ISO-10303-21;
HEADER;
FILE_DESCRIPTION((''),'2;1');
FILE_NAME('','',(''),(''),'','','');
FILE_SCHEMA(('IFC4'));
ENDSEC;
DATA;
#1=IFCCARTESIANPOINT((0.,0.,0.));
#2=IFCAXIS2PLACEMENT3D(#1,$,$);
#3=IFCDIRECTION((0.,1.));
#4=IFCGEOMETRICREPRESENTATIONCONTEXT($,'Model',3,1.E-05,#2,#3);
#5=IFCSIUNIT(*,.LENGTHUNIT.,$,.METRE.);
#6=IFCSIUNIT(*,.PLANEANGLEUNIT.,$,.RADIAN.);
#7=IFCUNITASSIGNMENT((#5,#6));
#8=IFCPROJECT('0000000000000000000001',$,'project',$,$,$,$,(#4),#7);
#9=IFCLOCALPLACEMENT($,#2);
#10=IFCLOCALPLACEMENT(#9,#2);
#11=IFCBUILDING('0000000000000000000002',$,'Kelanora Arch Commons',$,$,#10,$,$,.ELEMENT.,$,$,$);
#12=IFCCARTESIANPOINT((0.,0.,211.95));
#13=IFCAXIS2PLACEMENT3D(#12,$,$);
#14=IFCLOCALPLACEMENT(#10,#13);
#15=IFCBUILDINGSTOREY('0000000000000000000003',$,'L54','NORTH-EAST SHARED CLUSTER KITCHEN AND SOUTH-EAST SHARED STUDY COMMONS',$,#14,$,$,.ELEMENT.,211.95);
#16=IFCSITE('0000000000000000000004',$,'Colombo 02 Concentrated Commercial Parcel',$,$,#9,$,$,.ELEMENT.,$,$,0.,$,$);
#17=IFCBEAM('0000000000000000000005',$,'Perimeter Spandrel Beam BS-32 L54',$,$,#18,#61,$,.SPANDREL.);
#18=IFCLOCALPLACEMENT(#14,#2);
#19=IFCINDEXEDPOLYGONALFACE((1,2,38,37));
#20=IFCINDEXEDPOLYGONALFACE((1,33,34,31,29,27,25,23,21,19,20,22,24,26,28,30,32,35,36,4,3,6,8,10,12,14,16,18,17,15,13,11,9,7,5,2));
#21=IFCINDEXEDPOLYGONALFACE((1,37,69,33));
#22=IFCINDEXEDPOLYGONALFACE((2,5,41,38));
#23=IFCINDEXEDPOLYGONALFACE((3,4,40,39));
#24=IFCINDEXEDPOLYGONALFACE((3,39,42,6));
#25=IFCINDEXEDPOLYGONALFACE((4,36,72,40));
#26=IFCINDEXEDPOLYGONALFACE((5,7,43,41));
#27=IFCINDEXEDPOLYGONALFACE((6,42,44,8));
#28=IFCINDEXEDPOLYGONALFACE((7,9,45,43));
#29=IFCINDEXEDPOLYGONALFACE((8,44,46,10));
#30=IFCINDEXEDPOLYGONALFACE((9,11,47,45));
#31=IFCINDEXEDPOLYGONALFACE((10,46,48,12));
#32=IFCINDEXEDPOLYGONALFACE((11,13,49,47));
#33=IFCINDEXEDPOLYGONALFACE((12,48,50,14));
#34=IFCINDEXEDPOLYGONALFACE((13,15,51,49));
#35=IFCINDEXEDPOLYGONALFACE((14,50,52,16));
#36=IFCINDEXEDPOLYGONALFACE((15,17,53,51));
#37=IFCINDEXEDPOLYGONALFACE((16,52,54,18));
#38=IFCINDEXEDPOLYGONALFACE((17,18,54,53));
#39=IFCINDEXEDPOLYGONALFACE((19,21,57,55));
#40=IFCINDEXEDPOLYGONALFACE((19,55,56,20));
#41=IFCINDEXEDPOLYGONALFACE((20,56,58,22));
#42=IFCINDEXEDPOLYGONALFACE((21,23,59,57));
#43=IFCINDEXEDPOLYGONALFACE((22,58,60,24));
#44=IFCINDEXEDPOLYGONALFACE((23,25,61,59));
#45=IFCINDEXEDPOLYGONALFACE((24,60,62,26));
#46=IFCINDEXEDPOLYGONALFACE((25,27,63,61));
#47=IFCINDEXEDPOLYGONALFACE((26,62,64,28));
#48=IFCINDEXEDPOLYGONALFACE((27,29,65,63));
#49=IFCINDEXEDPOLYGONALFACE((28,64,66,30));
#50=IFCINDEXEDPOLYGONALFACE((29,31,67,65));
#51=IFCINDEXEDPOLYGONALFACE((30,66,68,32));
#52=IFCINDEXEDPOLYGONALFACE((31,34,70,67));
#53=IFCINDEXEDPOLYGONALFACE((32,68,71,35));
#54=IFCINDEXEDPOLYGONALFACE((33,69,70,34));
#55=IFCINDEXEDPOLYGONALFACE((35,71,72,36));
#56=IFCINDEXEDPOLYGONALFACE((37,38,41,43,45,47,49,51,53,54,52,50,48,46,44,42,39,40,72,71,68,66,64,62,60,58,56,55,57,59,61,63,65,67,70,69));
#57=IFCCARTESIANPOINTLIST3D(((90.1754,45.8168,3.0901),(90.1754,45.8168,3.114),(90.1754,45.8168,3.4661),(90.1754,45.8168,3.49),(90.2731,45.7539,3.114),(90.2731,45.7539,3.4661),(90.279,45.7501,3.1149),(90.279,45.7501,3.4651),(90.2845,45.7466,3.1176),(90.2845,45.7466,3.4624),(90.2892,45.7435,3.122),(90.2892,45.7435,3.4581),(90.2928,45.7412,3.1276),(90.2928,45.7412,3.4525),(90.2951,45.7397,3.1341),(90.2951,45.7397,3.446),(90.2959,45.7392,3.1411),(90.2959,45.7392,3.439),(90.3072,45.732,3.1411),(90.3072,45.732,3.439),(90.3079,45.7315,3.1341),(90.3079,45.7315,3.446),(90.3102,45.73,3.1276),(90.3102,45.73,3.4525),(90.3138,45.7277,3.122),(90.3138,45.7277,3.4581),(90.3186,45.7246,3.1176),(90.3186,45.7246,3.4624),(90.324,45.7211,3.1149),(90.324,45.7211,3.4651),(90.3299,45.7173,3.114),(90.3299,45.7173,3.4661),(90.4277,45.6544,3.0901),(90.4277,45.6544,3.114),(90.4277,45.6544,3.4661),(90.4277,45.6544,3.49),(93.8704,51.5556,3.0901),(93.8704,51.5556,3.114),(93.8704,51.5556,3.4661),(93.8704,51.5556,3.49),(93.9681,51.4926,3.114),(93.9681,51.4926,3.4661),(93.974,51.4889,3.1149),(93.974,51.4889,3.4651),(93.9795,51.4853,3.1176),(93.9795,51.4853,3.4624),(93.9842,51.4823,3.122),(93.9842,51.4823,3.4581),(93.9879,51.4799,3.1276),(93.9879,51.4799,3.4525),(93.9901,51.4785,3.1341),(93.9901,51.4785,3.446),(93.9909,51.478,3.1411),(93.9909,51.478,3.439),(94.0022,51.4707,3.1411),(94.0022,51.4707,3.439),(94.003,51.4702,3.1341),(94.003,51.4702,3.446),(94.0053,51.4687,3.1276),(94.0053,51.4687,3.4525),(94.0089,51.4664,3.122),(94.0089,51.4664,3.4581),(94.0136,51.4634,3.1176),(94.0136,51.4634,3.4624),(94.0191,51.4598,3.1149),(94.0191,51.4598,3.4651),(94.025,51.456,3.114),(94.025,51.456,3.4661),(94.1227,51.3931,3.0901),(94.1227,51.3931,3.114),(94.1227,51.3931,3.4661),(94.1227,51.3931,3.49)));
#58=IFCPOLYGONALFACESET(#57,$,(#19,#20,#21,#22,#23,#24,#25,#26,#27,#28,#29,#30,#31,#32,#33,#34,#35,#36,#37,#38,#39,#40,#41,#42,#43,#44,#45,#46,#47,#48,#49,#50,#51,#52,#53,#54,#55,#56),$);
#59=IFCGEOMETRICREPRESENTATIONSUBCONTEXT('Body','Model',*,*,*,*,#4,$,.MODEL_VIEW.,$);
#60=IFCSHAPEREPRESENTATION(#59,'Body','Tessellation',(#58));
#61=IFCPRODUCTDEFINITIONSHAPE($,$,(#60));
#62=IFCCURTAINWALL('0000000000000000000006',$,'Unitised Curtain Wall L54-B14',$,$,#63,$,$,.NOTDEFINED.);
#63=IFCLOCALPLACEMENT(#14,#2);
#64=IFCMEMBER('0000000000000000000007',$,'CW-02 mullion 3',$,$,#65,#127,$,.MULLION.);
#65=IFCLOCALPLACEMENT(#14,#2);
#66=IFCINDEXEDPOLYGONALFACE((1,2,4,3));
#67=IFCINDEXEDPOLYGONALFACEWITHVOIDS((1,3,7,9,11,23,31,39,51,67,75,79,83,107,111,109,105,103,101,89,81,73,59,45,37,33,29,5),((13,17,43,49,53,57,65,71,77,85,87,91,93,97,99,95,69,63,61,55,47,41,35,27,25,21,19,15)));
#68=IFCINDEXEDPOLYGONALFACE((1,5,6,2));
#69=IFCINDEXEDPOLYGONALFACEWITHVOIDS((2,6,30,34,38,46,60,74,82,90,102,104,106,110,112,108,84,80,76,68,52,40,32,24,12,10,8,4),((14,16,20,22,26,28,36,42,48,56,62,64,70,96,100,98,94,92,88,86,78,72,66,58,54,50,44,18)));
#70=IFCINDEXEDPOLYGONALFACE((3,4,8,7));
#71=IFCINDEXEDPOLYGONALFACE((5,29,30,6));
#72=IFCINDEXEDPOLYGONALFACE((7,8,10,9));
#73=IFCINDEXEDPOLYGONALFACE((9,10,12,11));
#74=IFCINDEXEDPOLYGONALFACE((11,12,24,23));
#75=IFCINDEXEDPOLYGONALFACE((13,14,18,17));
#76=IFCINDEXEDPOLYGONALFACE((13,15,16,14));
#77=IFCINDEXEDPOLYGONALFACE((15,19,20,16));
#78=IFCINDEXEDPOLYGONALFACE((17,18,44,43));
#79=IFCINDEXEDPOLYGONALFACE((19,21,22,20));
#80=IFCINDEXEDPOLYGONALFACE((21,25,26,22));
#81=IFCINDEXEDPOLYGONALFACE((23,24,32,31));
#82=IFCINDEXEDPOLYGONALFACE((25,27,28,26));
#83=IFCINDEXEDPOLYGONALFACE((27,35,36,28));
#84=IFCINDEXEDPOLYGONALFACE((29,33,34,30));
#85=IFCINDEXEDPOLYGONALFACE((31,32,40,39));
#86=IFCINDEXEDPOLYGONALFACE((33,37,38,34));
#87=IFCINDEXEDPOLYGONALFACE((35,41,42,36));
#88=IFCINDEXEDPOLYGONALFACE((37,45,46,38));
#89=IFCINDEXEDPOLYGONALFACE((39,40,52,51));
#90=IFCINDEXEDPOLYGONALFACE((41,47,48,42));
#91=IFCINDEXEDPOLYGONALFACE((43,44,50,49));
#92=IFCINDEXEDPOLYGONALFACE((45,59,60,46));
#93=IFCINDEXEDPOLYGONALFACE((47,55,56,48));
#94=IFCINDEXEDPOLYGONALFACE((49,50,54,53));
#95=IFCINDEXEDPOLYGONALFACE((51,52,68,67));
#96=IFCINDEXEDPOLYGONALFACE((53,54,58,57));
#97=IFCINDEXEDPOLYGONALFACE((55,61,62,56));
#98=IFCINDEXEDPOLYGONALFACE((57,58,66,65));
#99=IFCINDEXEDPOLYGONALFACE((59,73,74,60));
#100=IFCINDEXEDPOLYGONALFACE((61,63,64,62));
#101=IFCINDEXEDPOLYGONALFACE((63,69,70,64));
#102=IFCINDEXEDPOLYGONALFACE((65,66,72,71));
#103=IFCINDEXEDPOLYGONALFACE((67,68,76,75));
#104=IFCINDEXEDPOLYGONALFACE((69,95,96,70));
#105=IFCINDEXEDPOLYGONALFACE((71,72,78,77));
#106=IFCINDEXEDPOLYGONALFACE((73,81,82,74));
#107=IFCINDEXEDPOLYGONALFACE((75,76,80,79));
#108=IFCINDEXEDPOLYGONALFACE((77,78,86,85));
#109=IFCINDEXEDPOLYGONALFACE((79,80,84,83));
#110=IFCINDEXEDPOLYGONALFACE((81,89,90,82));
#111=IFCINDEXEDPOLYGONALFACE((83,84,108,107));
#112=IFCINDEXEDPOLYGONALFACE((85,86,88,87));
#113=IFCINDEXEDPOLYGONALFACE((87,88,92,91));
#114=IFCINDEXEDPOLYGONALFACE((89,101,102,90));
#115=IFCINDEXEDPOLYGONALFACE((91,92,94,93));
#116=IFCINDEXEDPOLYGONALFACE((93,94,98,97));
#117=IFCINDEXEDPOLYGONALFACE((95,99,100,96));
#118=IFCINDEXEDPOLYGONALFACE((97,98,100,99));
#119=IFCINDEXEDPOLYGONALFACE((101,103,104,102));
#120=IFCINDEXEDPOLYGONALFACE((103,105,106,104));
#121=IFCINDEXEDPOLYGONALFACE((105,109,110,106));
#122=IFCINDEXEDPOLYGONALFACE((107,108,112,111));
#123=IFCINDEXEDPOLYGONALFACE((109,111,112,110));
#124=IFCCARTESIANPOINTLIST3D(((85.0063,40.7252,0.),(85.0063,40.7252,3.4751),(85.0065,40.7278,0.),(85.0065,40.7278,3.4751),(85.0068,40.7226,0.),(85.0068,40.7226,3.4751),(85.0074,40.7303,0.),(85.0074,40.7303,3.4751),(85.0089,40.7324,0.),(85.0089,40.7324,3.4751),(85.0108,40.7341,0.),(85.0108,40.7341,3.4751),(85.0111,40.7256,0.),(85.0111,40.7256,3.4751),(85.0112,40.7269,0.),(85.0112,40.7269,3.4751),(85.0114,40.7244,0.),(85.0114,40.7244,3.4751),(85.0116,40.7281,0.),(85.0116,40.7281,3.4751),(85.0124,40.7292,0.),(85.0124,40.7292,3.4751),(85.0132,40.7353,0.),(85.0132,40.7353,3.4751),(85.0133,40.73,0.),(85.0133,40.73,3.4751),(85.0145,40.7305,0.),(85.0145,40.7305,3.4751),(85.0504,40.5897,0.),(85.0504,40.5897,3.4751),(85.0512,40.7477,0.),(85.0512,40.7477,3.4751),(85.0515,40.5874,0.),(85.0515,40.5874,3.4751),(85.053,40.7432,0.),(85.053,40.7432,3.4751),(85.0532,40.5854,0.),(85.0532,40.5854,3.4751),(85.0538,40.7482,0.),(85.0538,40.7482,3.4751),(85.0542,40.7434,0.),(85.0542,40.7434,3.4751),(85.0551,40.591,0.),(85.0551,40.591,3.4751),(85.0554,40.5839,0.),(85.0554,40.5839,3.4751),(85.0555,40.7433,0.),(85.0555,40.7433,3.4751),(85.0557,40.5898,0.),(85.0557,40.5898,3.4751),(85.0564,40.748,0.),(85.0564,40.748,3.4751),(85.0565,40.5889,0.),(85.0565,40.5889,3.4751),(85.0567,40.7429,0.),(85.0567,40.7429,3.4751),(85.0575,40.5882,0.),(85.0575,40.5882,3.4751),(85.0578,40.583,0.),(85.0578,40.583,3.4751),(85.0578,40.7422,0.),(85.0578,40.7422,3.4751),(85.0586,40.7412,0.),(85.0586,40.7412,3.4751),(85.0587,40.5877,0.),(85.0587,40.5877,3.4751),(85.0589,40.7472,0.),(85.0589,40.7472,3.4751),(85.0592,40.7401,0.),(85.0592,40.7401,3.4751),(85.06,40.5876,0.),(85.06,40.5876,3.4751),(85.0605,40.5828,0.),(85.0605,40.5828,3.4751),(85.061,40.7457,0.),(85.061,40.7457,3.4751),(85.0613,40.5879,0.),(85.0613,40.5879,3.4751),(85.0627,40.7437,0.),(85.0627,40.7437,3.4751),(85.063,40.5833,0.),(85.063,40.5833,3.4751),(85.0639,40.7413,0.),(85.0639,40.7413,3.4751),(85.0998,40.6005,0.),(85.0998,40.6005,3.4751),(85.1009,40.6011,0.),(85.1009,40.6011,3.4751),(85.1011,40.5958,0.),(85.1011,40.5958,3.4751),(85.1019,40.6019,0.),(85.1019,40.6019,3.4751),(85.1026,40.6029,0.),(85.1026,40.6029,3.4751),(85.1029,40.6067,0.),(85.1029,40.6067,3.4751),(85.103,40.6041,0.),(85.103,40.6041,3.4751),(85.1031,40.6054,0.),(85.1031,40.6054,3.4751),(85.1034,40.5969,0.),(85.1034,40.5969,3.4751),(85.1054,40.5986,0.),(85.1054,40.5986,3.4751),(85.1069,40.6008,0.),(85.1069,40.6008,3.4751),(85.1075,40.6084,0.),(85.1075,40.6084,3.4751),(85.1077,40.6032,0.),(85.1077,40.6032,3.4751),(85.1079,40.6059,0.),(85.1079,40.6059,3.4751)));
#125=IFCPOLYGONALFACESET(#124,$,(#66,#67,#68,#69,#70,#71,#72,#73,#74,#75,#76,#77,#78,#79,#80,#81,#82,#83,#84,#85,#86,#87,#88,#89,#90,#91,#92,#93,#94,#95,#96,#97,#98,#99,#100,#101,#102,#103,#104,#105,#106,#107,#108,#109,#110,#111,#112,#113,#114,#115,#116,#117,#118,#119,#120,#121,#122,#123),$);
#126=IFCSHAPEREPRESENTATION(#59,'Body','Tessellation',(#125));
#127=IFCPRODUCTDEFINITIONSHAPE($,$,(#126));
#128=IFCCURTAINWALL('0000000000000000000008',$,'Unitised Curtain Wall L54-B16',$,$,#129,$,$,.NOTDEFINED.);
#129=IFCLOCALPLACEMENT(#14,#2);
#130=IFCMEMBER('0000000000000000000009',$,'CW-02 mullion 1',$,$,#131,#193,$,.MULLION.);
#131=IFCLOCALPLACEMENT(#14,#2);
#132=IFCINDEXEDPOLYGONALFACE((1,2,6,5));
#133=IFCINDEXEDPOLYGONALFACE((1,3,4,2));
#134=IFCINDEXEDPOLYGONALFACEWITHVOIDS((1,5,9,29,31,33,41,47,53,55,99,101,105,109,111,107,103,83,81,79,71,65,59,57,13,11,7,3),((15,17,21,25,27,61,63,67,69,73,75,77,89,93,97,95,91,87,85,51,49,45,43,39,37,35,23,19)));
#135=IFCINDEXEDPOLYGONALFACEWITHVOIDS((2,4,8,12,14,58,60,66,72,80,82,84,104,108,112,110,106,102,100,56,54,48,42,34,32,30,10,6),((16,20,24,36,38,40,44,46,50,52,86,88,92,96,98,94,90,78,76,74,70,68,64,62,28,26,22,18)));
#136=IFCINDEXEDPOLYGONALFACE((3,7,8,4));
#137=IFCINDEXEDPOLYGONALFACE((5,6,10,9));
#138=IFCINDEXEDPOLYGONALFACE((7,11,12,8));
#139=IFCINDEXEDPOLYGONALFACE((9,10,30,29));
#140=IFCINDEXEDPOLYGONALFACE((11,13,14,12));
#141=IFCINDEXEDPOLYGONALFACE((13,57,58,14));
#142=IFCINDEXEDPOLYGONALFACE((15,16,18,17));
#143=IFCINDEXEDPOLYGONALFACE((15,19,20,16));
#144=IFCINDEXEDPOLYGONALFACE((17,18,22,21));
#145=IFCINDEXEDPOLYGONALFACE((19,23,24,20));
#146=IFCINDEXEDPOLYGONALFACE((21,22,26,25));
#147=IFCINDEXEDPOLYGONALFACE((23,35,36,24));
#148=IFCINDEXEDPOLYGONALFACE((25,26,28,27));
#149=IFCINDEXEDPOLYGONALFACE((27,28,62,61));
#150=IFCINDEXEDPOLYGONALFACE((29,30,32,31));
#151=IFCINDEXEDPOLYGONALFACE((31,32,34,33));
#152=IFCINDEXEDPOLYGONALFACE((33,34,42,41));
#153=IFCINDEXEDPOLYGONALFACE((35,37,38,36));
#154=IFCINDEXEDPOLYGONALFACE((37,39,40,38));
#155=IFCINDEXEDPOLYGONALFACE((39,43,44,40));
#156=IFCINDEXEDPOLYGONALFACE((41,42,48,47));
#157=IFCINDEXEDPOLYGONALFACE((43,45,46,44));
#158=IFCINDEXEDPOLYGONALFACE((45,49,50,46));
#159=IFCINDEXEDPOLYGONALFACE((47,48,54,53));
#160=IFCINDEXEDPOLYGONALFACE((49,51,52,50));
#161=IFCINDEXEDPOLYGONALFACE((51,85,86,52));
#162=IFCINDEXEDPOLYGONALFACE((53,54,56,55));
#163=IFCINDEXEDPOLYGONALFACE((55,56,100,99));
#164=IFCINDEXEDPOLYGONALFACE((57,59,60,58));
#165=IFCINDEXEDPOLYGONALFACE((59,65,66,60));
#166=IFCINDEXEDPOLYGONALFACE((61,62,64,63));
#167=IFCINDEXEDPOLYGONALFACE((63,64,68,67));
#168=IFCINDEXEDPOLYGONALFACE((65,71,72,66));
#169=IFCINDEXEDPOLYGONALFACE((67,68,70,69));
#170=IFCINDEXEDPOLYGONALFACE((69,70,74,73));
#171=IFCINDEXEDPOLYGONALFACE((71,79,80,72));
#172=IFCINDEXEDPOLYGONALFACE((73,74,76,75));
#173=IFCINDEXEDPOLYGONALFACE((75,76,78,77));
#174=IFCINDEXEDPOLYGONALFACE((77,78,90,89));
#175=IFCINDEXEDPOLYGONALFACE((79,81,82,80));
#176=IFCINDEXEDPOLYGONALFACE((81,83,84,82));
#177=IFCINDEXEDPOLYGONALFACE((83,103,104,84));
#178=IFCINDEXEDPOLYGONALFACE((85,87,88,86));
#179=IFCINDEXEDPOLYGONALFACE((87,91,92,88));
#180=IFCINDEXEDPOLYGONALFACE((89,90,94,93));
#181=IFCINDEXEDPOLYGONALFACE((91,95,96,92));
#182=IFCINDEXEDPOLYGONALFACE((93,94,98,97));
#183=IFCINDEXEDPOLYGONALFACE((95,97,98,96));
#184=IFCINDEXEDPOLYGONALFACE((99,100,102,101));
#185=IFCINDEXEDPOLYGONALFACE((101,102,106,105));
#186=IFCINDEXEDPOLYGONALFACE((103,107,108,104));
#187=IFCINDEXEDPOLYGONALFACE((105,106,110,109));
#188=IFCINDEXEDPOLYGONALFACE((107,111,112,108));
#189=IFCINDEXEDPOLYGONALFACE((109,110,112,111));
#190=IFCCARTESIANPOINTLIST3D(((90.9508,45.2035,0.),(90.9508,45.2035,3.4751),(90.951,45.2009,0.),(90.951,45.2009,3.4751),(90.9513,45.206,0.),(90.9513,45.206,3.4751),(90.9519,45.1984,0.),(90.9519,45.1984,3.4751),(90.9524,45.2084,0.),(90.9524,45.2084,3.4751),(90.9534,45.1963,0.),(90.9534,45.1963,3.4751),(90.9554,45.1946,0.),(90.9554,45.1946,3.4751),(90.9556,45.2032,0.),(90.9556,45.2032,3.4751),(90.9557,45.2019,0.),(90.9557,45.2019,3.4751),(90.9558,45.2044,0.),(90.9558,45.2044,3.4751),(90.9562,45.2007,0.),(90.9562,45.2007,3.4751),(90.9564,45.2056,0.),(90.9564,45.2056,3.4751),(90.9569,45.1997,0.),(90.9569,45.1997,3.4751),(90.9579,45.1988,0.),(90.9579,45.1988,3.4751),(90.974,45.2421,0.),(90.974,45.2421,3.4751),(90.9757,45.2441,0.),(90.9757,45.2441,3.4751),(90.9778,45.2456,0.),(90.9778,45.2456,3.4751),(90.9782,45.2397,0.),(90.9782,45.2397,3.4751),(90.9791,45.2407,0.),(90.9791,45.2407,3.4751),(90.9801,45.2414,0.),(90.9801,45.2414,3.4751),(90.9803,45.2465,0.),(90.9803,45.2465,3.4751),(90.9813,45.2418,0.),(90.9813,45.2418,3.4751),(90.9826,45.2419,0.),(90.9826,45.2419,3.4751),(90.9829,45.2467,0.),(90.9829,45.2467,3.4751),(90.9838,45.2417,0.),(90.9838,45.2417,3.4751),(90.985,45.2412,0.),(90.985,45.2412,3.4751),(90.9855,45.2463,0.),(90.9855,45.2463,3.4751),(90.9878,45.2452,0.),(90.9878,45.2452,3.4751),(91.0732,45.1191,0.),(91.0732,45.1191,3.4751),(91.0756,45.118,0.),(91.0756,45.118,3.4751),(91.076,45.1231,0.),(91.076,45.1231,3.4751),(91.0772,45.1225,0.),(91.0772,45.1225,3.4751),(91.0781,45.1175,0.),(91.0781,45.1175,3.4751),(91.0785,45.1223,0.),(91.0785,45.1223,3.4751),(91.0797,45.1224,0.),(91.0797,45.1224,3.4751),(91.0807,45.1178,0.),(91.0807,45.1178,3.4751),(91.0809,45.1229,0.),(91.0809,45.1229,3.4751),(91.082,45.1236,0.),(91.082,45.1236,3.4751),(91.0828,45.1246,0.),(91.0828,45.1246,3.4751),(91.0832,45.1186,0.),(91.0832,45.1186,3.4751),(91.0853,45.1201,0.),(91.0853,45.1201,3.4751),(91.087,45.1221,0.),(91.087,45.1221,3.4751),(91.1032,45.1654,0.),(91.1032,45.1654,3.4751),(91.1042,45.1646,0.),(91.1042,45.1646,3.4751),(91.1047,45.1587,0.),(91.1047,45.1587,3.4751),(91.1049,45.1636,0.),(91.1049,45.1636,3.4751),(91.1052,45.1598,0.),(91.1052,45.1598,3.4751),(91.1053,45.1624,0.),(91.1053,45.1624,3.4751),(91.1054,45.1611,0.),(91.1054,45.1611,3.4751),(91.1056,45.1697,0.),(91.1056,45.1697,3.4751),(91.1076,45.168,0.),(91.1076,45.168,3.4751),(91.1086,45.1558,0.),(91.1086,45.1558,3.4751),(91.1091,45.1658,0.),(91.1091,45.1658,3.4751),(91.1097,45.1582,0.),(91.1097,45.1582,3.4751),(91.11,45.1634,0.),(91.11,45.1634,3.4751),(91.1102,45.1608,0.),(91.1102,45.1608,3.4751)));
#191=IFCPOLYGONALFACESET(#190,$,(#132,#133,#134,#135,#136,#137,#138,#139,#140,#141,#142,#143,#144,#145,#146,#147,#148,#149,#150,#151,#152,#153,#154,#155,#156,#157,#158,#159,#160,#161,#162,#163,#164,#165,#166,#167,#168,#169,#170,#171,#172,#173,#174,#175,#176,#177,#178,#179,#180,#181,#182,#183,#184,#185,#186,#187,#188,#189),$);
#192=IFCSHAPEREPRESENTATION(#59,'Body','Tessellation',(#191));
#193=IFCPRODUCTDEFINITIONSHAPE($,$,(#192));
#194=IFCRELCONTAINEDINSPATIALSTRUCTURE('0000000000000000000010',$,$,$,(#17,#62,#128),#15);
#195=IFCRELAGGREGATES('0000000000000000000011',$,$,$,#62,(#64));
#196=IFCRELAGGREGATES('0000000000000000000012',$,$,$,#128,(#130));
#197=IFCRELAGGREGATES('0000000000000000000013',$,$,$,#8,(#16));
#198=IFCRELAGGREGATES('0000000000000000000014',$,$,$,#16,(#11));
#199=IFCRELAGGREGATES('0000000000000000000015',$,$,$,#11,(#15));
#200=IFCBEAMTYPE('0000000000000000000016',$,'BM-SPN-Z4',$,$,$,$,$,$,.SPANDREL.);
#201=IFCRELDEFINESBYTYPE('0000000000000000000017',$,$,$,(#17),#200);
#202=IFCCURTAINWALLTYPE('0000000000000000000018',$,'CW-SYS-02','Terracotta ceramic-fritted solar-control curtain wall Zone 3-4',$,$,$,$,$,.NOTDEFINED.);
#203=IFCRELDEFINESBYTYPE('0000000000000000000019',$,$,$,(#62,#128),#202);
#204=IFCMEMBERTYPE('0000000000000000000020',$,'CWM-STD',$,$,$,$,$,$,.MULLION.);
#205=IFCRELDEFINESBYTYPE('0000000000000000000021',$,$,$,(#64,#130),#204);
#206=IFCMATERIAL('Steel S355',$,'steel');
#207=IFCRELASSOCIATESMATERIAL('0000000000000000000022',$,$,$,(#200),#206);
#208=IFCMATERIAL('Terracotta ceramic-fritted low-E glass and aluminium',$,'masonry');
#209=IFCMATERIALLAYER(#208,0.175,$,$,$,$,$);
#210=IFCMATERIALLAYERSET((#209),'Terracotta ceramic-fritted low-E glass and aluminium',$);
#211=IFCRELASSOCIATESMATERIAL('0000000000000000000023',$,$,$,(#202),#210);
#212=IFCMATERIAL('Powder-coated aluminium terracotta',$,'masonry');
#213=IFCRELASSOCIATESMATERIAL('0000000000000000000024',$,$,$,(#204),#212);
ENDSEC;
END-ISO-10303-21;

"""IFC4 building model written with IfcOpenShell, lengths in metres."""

from ifc_helpers import new_model, si_unit, direction, frame, origin, origin_2d, place, context, subcontext, project, spatial, hollow_rectangle, i_section, extrude, material, layer, layer_set, material_profile, profile_set, type_object, element, aggregate, save


model = new_model("IFC4")

# Units and contexts
model_context = context("Model", 3, precision=1e-05, world=origin(), true_north=direction((0.0, 1.0)))
body_context = subcontext(model_context, "Body", "Model", "MODEL_VIEW")
ifc_project = project(units=[si_unit("LENGTHUNIT", "METRE"), si_unit("PLANEANGLEUNIT", "RADIAN")], contexts=[model_context])

# Site, building, storey
site_placement = place(None, origin())
site = spatial("IfcSite", under=ifc_project, at=site_placement, Name="Colombo 02 Concentrated Commercial Parcel", CompositionType="ELEMENT", RefElevation=0.0)
building_placement = place(site_placement, origin())
building = spatial("IfcBuilding", under=site, at=building_placement, Name="Kelanora Arch Commons", CompositionType="ELEMENT")
storey_placement = place(building_placement, frame((0.0, 0.0, 211.95)))
storey = spatial("IfcBuildingStorey", under=building, at=storey_placement, Name="L54", Description="NORTH-EAST SHARED CLUSTER KITCHEN AND SOUTH-EAST SHARED STUDY COMMONS", CompositionType="ELEMENT", Elevation=211.95)

# Beam
ifc_material_1 = material(Name="Steel S355", Category="steel")
ifc_material_profile_1 = material_profile(ifc_material_1, i_section(OverallWidth=0.3, OverallDepth=0.3999, WebThickness=0.0134, FlangeThickness=0.0239, FilletRadius=0.0271, at=origin_2d()), Name="HEB400")
ifc_profile_set_1 = profile_set([ifc_material_profile_1], Name="Steel S355")
beam_type_1 = type_object("IfcBeamType", Name="BM-SPN-Z4", PredefinedType="SPANDREL", material=ifc_profile_set_1)
beam_1_placement = place(storey_placement, frame((90.3015, 45.7356, 3.29), z_axis=(0.541365, 0.840788, 0.0), x_axis=(-0.840788, 0.541365, 0.0)))
element("IfcBeam", 1, at=beam_1_placement, inside=storey, type_object=beam_type_1, Name="Perimeter Spandrel Beam BS-32 L54", PredefinedType="SPANDREL", context=body_context, shape_type="SweptSolid", body=[
    extrude(i_section(OverallWidth=0.3, OverallDepth=0.3999, WebThickness=0.0134, FlangeThickness=0.0239, FilletRadius=0.0271, at=origin_2d()), origin(), (0.0, 0.0, 1.0), 6.8254),
])

# Curtain wall, member
ifc_material_2 = material(Name="Terracotta ceramic-fritted low-E glass and aluminium", Category="masonry")
ifc_layer_1 = layer(ifc_material_2, 0.175)
ifc_layer_set_1 = layer_set([ifc_layer_1], Name="Terracotta ceramic-fritted low-E glass and aluminium")
curtain_wall_type = type_object("IfcCurtainWallType", Name="CW-SYS-02", Description="Terracotta ceramic-fritted solar-control curtain wall Zone 3-4", PredefinedType="NOTDEFINED", material=ifc_layer_set_1)
curtain_wall_1_placement = place(storey_placement, origin())
curtain_wall_1 = element("IfcCurtainWall", 2, at=curtain_wall_1_placement, inside=storey, type_object=curtain_wall_type, Name="Unitised Curtain Wall L54-B14", PredefinedType="NOTDEFINED")
ifc_material_3 = material(Name="Powder-coated aluminium terracotta", Category="masonry")
ifc_material_profile_2 = material_profile(ifc_material_3, hollow_rectangle(XDim=0.1599, YDim=0.0601, WallThickness=0.0049, InnerFilletRadius=0.0049, OuterFilletRadius=0.01, at=origin_2d()), Name="CWM160x60")
ifc_profile_set_2 = profile_set([ifc_material_profile_2], Name="Powder-coated aluminium terracotta")
member_type_1 = type_object("IfcMemberType", Name="CWM-STD", PredefinedType="MULLION", material=ifc_profile_set_2)
member_1_placement = place(storey_placement, frame((85.0571, 40.6655, 0.0), z_axis=(0.0, 0.0, 1.0), x_axis=(-0.311582, 0.950219, 0.0)))
member_1 = element("IfcMember", 3, at=member_1_placement, type_object=member_type_1, Name="CW-02 mullion 3", PredefinedType="MULLION", context=body_context, shape_type="SweptSolid", body=[
    extrude(hollow_rectangle(XDim=0.1599, YDim=0.0601, WallThickness=0.0049, InnerFilletRadius=0.0049, OuterFilletRadius=0.01, at=origin_2d()), origin(), (0.0, 0.0, 1.0), 3.4751),
])

# Curtain wall, member
curtain_wall_2_placement = place(storey_placement, origin())
curtain_wall_2 = element("IfcCurtainWall", 4, at=curtain_wall_2_placement, inside=storey, type_object=curtain_wall_type, Name="Unitised Curtain Wall L54-B16", PredefinedType="NOTDEFINED")
member_2_placement = place(storey_placement, frame((91.0305, 45.1821, 0.0), z_axis=(0.0, 0.0, 1.0), x_axis=(-0.841948, 0.539559, 0.0)))
member_2 = element("IfcMember", 5, at=member_2_placement, type_object=member_type_1, Name="CW-02 mullion 1", PredefinedType="MULLION", context=body_context, shape_type="SweptSolid", body=[
    extrude(hollow_rectangle(XDim=0.1599, YDim=0.0601, WallThickness=0.0049, InnerFilletRadius=0.0049, OuterFilletRadius=0.01, at=origin_2d()), origin(), (0.0, 0.0, 1.0), 3.4751),
])

aggregate(curtain_wall_1, [member_1])
aggregate(curtain_wall_2, [member_2])

save(model, "model.ifc")
